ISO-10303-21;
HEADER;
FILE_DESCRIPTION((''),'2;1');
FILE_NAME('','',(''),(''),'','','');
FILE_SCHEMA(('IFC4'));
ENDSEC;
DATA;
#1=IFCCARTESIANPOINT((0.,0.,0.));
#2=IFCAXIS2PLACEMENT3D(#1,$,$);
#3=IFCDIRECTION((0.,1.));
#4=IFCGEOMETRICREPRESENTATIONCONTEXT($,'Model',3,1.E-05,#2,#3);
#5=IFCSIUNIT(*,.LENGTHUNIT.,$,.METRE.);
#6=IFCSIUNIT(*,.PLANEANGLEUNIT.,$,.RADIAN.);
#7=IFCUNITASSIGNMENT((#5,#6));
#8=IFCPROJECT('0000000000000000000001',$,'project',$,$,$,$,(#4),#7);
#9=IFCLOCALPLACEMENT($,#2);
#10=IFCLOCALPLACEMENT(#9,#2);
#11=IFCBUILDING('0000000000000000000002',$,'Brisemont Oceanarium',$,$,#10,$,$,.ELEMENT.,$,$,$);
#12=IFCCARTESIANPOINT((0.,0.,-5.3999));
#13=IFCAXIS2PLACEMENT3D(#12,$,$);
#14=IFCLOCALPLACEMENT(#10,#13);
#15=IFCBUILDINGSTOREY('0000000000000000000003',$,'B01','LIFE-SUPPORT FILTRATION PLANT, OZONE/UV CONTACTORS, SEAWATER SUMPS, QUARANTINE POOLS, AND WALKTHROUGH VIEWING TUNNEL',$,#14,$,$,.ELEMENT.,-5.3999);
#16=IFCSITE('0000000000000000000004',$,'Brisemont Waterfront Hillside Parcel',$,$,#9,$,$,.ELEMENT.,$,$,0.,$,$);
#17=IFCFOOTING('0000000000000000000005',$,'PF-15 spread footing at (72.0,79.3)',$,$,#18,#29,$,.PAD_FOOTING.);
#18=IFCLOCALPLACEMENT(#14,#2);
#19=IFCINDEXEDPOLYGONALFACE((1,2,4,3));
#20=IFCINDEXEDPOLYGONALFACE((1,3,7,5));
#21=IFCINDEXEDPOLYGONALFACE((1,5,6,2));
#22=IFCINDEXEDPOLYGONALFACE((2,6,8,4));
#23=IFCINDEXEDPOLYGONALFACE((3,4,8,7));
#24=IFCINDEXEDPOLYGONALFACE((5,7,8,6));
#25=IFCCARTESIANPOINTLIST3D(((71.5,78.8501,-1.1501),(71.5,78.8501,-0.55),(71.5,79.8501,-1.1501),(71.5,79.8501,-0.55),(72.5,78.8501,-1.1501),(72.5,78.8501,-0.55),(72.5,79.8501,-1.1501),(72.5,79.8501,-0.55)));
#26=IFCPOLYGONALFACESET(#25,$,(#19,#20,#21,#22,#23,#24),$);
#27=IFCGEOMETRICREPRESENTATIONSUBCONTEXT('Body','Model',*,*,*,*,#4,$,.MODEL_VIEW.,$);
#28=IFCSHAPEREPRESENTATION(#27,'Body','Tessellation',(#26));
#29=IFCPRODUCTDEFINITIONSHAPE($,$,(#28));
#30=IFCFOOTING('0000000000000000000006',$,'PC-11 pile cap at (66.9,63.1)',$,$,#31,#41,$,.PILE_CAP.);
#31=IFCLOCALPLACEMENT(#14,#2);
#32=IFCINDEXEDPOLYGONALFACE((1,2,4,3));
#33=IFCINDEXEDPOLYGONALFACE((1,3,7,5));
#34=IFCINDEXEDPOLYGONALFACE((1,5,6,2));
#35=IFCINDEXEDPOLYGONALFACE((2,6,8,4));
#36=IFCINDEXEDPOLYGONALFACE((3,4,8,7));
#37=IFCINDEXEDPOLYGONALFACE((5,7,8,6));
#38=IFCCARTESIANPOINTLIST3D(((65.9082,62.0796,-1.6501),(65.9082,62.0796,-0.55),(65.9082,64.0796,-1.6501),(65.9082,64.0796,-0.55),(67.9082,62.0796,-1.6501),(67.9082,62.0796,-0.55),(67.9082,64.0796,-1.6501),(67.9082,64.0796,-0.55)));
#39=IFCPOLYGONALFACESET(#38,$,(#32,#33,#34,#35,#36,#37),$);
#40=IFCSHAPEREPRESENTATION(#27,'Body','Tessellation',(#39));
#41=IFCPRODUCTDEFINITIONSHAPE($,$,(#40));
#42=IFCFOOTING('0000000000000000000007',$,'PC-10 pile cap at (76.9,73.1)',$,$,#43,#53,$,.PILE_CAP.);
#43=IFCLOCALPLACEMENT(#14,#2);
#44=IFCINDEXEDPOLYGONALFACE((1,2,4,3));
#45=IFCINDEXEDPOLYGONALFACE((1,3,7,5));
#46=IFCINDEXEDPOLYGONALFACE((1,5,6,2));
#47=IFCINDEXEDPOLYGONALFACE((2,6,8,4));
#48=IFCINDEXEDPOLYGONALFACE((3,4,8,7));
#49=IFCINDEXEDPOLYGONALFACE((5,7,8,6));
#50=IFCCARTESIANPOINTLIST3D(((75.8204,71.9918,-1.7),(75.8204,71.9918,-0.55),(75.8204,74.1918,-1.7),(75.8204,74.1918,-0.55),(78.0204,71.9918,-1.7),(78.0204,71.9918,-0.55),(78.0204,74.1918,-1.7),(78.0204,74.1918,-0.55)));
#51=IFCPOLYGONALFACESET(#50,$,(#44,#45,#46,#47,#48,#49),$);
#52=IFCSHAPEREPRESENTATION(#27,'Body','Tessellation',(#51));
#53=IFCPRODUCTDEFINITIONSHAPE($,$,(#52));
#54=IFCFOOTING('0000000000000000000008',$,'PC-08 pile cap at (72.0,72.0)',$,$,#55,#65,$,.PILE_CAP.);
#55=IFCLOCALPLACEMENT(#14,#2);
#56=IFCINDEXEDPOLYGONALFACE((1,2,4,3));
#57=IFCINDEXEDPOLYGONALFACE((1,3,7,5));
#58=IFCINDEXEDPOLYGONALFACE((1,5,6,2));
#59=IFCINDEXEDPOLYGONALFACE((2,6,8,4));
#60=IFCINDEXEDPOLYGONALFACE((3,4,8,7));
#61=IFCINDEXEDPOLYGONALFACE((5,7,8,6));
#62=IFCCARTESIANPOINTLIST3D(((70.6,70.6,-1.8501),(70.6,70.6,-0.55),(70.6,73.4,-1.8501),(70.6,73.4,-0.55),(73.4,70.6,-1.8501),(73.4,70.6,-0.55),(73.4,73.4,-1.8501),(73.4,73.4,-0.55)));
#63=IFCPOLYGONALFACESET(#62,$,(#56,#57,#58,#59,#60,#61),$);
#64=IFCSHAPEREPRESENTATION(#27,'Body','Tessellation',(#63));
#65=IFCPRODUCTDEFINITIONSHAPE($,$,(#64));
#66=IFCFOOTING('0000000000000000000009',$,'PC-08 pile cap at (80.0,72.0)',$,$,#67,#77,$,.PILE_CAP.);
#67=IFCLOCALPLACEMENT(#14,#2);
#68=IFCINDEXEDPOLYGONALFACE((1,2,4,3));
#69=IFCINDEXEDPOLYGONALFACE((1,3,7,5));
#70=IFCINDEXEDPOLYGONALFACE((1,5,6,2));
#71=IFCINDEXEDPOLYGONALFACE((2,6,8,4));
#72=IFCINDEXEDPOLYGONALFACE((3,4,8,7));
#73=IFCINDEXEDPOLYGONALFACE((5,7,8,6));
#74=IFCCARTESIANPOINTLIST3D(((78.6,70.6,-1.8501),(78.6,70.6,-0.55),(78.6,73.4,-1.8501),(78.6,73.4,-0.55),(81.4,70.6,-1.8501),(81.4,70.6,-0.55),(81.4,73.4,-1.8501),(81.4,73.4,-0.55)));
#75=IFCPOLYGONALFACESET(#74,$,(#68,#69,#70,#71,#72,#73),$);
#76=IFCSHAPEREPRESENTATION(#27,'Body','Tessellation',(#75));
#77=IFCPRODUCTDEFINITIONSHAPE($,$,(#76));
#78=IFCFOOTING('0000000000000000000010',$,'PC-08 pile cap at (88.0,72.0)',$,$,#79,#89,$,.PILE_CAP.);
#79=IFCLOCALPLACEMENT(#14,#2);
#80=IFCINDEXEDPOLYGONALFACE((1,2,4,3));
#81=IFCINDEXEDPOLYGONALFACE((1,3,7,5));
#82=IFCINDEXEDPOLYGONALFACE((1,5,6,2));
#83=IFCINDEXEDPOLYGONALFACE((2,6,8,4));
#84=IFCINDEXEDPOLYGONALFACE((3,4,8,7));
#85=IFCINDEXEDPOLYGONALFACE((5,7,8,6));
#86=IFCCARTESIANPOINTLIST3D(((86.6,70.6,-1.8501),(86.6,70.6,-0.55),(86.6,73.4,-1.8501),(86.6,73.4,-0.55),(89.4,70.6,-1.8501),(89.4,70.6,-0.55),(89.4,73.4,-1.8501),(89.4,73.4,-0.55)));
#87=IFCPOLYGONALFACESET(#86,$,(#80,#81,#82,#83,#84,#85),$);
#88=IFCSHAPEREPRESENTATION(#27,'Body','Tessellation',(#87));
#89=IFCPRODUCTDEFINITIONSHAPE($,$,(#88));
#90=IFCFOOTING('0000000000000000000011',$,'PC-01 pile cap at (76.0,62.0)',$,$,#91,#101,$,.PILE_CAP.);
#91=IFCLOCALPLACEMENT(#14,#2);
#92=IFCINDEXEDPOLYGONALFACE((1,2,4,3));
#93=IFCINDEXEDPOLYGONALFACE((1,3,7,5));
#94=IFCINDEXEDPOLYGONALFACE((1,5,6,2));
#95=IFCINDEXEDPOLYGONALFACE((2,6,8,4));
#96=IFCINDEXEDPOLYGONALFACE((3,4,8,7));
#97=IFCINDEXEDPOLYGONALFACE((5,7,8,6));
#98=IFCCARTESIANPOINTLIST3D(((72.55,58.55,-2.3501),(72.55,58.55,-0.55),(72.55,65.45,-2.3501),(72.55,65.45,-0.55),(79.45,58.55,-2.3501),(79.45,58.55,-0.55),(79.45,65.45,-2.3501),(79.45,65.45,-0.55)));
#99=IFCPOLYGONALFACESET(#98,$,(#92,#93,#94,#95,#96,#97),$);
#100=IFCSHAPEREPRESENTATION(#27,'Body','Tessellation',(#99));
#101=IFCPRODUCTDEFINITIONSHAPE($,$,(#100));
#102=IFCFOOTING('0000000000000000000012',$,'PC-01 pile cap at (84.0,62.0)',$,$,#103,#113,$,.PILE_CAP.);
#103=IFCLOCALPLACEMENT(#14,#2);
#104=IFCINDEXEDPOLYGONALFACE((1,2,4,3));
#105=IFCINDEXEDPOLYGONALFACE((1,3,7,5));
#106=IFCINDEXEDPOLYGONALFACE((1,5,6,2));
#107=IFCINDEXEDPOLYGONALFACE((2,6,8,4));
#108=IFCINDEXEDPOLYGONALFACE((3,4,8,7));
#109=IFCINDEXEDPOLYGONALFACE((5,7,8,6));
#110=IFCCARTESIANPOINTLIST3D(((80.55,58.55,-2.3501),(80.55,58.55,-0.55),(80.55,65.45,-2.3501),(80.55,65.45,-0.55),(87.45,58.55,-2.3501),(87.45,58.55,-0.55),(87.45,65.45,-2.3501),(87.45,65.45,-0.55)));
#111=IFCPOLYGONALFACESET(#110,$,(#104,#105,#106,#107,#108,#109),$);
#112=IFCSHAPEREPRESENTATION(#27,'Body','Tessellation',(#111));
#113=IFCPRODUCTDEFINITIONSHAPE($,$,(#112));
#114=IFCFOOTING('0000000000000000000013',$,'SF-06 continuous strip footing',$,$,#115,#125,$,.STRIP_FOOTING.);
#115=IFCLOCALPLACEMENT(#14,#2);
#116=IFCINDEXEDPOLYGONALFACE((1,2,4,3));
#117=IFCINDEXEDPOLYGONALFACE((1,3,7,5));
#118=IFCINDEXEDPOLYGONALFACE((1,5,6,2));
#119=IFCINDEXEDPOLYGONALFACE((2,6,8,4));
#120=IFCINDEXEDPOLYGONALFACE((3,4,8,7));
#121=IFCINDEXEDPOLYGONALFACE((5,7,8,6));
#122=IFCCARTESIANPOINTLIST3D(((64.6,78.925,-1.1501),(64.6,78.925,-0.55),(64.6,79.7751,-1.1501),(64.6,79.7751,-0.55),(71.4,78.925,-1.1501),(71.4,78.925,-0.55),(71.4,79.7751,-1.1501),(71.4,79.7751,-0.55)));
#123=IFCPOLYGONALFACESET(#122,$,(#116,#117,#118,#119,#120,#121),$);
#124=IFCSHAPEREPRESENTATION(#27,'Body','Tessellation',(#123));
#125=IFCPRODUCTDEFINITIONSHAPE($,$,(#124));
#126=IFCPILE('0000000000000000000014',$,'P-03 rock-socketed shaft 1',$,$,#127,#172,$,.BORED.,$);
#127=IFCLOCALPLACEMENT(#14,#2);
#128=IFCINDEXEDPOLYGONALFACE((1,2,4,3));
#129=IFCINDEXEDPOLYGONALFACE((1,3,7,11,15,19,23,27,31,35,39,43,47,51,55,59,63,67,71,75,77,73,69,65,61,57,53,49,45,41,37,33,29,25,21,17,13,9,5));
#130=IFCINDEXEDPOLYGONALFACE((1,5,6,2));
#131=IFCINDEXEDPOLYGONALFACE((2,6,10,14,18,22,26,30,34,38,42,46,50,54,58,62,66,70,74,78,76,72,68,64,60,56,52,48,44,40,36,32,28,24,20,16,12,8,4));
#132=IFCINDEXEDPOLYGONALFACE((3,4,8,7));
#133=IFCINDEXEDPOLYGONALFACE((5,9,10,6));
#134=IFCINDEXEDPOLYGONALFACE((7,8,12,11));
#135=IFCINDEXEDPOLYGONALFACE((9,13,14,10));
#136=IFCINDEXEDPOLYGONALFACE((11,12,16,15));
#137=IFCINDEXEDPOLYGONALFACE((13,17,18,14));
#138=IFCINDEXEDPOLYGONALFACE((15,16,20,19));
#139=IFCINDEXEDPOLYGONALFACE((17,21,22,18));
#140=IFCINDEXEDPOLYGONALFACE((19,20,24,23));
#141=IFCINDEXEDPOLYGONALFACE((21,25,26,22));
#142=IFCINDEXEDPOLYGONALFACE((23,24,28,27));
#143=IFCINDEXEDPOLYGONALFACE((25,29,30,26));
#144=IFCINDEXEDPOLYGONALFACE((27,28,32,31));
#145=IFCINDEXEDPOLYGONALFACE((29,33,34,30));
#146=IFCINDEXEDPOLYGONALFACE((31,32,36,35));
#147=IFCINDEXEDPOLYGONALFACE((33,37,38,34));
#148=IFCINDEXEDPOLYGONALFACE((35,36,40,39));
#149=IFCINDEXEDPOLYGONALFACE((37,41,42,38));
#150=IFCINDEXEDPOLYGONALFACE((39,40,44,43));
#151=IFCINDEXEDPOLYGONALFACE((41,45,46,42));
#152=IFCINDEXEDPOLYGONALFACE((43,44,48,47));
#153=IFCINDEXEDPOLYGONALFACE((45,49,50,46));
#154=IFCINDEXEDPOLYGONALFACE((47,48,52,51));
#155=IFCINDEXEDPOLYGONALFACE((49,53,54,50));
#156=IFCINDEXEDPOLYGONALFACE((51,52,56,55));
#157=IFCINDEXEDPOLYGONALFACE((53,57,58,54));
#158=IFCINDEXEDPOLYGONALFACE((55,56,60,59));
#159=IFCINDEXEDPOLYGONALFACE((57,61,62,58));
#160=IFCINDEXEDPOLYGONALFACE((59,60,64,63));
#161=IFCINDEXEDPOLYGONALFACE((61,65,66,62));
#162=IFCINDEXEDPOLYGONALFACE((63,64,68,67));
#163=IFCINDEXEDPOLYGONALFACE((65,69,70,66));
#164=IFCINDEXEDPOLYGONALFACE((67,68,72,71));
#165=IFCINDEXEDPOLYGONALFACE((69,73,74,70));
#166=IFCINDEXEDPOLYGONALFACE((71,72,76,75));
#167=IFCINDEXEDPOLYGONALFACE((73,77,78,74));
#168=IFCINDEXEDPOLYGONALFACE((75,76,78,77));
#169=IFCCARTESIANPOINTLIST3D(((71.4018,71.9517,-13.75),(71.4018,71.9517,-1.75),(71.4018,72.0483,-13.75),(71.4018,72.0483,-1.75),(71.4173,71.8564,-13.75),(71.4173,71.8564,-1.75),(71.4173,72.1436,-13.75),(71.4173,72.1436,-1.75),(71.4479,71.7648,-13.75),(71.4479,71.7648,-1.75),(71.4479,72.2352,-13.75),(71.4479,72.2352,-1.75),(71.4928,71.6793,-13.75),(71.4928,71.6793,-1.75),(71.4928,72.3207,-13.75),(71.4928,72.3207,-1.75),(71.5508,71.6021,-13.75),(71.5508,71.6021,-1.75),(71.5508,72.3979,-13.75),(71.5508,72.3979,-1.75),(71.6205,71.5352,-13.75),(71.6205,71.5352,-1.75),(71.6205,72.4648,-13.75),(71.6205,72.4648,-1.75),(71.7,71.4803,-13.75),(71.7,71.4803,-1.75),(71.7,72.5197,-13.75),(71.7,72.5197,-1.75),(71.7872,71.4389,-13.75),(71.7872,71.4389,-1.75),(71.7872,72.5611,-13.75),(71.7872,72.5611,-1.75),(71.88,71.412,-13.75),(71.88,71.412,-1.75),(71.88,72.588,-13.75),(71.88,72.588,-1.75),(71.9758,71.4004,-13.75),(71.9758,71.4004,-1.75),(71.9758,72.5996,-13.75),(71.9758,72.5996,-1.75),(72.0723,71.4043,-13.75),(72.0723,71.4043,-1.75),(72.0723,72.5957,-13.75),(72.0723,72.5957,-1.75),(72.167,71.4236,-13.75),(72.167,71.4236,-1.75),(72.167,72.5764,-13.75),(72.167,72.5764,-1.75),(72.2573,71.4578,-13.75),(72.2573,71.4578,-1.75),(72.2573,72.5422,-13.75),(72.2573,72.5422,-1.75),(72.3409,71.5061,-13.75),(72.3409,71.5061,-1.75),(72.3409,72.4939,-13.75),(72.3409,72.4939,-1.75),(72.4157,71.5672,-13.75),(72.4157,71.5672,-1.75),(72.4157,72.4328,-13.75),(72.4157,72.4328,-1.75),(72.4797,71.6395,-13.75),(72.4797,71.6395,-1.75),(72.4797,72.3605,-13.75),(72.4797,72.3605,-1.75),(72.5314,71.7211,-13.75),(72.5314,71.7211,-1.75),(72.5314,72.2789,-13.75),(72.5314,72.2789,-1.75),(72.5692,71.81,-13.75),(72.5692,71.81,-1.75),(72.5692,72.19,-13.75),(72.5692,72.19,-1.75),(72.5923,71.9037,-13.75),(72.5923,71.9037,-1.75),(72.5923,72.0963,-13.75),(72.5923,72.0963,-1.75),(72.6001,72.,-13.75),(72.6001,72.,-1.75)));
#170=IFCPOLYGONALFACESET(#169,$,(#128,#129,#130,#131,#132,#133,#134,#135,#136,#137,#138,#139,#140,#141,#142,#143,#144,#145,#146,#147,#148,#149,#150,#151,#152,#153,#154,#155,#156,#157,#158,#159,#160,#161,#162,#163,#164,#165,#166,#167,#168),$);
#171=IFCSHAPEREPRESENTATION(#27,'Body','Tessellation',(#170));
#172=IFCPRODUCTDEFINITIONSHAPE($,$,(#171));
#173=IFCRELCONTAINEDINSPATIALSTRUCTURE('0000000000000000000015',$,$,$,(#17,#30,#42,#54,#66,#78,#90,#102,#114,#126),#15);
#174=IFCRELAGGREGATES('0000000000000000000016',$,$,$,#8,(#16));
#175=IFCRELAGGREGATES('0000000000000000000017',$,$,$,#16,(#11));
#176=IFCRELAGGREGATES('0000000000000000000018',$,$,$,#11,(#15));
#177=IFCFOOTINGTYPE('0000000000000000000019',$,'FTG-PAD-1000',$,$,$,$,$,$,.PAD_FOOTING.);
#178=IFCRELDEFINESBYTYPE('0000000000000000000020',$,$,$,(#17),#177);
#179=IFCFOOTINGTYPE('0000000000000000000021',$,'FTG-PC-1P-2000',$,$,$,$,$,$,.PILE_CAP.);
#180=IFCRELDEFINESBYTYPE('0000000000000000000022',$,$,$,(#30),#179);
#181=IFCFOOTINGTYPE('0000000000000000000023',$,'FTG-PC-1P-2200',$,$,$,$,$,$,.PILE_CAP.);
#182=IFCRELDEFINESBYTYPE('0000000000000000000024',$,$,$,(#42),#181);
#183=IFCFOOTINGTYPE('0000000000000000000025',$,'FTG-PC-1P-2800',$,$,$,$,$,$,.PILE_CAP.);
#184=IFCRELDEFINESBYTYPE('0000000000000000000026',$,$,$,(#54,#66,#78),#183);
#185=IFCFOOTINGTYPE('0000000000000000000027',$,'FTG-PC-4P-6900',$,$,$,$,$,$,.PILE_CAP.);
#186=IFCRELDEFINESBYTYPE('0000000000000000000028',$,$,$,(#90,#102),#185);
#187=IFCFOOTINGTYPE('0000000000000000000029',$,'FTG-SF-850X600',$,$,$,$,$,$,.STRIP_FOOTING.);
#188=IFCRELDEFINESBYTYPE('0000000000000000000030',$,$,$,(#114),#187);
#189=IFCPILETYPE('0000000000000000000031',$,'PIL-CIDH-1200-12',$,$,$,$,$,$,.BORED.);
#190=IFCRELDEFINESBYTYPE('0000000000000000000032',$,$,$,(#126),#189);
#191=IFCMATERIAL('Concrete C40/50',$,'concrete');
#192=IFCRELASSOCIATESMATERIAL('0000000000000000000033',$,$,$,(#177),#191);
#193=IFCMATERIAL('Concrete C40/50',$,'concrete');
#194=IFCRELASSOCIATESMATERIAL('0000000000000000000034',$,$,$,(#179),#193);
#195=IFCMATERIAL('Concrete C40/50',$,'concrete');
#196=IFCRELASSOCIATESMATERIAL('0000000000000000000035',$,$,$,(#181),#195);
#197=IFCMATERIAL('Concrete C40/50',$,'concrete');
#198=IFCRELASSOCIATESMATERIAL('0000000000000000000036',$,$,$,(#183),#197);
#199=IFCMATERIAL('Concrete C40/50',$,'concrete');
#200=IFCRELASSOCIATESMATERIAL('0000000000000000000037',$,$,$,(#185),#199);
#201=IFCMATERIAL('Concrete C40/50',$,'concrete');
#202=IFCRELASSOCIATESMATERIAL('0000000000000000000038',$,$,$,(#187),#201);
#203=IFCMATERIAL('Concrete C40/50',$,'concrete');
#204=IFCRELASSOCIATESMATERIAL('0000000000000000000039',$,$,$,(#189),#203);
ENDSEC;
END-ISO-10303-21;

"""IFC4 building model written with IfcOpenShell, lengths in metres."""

from ifc_helpers import new_model, si_unit, direction, frame, origin, origin_2d, place, context, subcontext, project, spatial, rectangle, circle, extrude, material, material_profile, profile_set, type_object, element, save


model = new_model("IFC4")

# Units and contexts
model_context = context("Model", 3, precision=1e-05, world=origin(), true_north=direction((0.0, 1.0)))
body_context = subcontext(model_context, "Body", "Model", "MODEL_VIEW")
ifc_project = project(units=[si_unit("LENGTHUNIT", "METRE"), si_unit("PLANEANGLEUNIT", "RADIAN")], contexts=[model_context])

# Site, building, storey
site_placement = place(None, origin())
site = spatial("IfcSite", under=ifc_project, at=site_placement, Name="Brisemont Waterfront Hillside Parcel", CompositionType="ELEMENT", RefElevation=0.0)
building_placement = place(site_placement, origin())
building = spatial("IfcBuilding", under=site, at=building_placement, Name="Brisemont Oceanarium", CompositionType="ELEMENT")
storey_placement = place(building_placement, frame((0.0, 0.0, -5.3999)))
storey = spatial("IfcBuildingStorey", under=building, at=storey_placement, Name="B01", Description="LIFE-SUPPORT FILTRATION PLANT, OZONE/UV CONTACTORS, SEAWATER SUMPS, QUARANTINE POOLS, AND WALKTHROUGH VIEWING TUNNEL", CompositionType="ELEMENT", Elevation=-5.3999)

# Footings
ifc_material_1 = material(Name="Concrete C40/50", Category="concrete")
footing_type_1 = type_object("IfcFootingType", Name="FTG-PAD-1000", PredefinedType="PAD_FOOTING", material=ifc_material_1)
footing_1_placement = place(storey_placement, frame((72.0, 79.3501, -1.1501), z_axis=(0.0, 0.0, 1.0), x_axis=(1.0, 0.0, 0.0)))
element("IfcFooting", 1, at=footing_1_placement, inside=storey, type_object=footing_type_1, Name="PF-15 spread footing at (72.0,79.3)", PredefinedType="PAD_FOOTING", context=body_context, shape_type="SweptSolid", body=[
    extrude(rectangle(XDim=1.0, YDim=1.0, at=origin_2d()), origin(), (0.0, 0.0, 1.0), 0.6001),
])
ifc_material_2 = material(Name="Concrete C40/50", Category="concrete")
footing_type_2 = type_object("IfcFootingType", Name="FTG-PC-1P-2000", PredefinedType="PILE_CAP", material=ifc_material_2)
footing_2_placement = place(storey_placement, frame((66.9082, 63.0796, -1.6501), z_axis=(0.0, 0.0, 1.0), x_axis=(1.0, 0.0, 0.0)))
element("IfcFooting", 2, at=footing_2_placement, inside=storey, type_object=footing_type_2, Name="PC-11 pile cap at (66.9,63.1)", PredefinedType="PILE_CAP", context=body_context, shape_type="SweptSolid", body=[
    extrude(rectangle(XDim=2.0, YDim=2.0, at=origin_2d()), origin(), (0.0, 0.0, 1.0), 1.1001),
])
ifc_material_3 = material(Name="Concrete C40/50", Category="concrete")
footing_type_3 = type_object("IfcFootingType", Name="FTG-PC-1P-2200", PredefinedType="PILE_CAP", material=ifc_material_3)
footing_3_placement = place(storey_placement, frame((76.9204, 73.0918, -1.7), z_axis=(0.0, 0.0, 1.0), x_axis=(1.0, 0.0, 0.0)))
element("IfcFooting", 3, at=footing_3_placement, inside=storey, type_object=footing_type_3, Name="PC-10 pile cap at (76.9,73.1)", PredefinedType="PILE_CAP", context=body_context, shape_type="SweptSolid", body=[
    extrude(rectangle(XDim=2.2, YDim=2.2, at=origin_2d()), origin(), (0.0, 0.0, 1.0), 1.1499),
])
ifc_material_4 = material(Name="Concrete C40/50", Category="concrete")
footing_type_4 = type_object("IfcFootingType", Name="FTG-PC-1P-2800", PredefinedType="PILE_CAP", material=ifc_material_4)
for number, where, z_axis, x_axis, name in (
    (4, (72.0, 72.0, -1.8501), (0.0, 0.0, 1.0), (1.0, 0.0, 0.0), "PC-08 pile cap at (72.0,72.0)"),
    (5, (80.0, 72.0, -1.8501), (0.0, 0.0, 1.0), (1.0, 0.0, 0.0), "PC-08 pile cap at (80.0,72.0)"),
    (6, (88.0, 72.0, -1.8501), (0.0, 0.0, 1.0), (1.0, 0.0, 0.0), "PC-08 pile cap at (88.0,72.0)"),
):
    element("IfcFooting", number, at=place(storey_placement, frame(where, z_axis=z_axis, x_axis=x_axis)), inside=storey, type_object=footing_type_4, Name=name, PredefinedType="PILE_CAP", context=body_context, shape_type="SweptSolid", body=[
        extrude(rectangle(XDim=2.8, YDim=2.8, at=origin_2d()), origin(), (0.0, 0.0, 1.0), 1.3),
    ])
ifc_material_5 = material(Name="Concrete C40/50", Category="concrete")
footing_type_5 = type_object("IfcFootingType", Name="FTG-PC-4P-6900", PredefinedType="PILE_CAP", material=ifc_material_5)
for number, where, z_axis, x_axis, name in (
    (7, (76.0, 62.0, -2.3501), (0.0, 0.0, 1.0), (1.0, 0.0, 0.0), "PC-01 pile cap at (76.0,62.0)"),
    (8, (84.0, 62.0, -2.3501), (0.0, 0.0, 1.0), (1.0, 0.0, 0.0), "PC-01 pile cap at (84.0,62.0)"),
):
    element("IfcFooting", number, at=place(storey_placement, frame(where, z_axis=z_axis, x_axis=x_axis)), inside=storey, type_object=footing_type_5, Name=name, PredefinedType="PILE_CAP", context=body_context, shape_type="SweptSolid", body=[
        extrude(rectangle(XDim=6.8999, YDim=6.8999, at=origin_2d()), origin(), (0.0, 0.0, 1.0), 1.8),
    ])
ifc_material_6 = material(Name="Concrete C40/50", Category="concrete")
footing_type_6 = type_object("IfcFootingType", Name="FTG-SF-850X600", PredefinedType="STRIP_FOOTING", material=ifc_material_6)
footing_4_placement = place(storey_placement, frame((68.0, 79.3501, -1.1501), z_axis=(0.0, 0.0, 1.0), x_axis=(1.0, 0.0, 0.0)))
element("IfcFooting", 9, at=footing_4_placement, inside=storey, type_object=footing_type_6, Name="SF-06 continuous strip footing", PredefinedType="STRIP_FOOTING", context=body_context, shape_type="SweptSolid", body=[
    extrude(rectangle(XDim=6.8, YDim=0.8501, at=origin_2d()), origin(), (0.0, 0.0, 1.0), 0.6001),
])

# Pile
ifc_material_7 = material(Name="Concrete C40/50", Category="concrete")
ifc_material_profile_1 = material_profile(ifc_material_7, circle(Radius=0.6001, at=origin_2d()), Name="CIDH-D1200")
ifc_profile_set_1 = profile_set([ifc_material_profile_1], Name="Concrete C40/50")
pile_type_1 = type_object("IfcPileType", Name="PIL-CIDH-1200-12", PredefinedType="BORED", material=ifc_profile_set_1)
for number, where, z_axis, x_axis, name in (
    (10, (72.0, 72.0, -1.75), (0.0, 0.0, -1.0), (1.0, 0.0, 0.0), "P-03 rock-socketed shaft 1"),
):
    element("IfcPile", number, at=place(storey_placement, frame(where, z_axis=z_axis, x_axis=x_axis)), inside=storey, type_object=pile_type_1, Name=name, PredefinedType="BORED", context=body_context, shape_type="SweptSolid", body=[
        extrude(circle(Radius=0.6001, at=origin_2d()), origin(), (0.0, 0.0, 1.0), 12.0),
    ])

save(model, "model.ifc")
